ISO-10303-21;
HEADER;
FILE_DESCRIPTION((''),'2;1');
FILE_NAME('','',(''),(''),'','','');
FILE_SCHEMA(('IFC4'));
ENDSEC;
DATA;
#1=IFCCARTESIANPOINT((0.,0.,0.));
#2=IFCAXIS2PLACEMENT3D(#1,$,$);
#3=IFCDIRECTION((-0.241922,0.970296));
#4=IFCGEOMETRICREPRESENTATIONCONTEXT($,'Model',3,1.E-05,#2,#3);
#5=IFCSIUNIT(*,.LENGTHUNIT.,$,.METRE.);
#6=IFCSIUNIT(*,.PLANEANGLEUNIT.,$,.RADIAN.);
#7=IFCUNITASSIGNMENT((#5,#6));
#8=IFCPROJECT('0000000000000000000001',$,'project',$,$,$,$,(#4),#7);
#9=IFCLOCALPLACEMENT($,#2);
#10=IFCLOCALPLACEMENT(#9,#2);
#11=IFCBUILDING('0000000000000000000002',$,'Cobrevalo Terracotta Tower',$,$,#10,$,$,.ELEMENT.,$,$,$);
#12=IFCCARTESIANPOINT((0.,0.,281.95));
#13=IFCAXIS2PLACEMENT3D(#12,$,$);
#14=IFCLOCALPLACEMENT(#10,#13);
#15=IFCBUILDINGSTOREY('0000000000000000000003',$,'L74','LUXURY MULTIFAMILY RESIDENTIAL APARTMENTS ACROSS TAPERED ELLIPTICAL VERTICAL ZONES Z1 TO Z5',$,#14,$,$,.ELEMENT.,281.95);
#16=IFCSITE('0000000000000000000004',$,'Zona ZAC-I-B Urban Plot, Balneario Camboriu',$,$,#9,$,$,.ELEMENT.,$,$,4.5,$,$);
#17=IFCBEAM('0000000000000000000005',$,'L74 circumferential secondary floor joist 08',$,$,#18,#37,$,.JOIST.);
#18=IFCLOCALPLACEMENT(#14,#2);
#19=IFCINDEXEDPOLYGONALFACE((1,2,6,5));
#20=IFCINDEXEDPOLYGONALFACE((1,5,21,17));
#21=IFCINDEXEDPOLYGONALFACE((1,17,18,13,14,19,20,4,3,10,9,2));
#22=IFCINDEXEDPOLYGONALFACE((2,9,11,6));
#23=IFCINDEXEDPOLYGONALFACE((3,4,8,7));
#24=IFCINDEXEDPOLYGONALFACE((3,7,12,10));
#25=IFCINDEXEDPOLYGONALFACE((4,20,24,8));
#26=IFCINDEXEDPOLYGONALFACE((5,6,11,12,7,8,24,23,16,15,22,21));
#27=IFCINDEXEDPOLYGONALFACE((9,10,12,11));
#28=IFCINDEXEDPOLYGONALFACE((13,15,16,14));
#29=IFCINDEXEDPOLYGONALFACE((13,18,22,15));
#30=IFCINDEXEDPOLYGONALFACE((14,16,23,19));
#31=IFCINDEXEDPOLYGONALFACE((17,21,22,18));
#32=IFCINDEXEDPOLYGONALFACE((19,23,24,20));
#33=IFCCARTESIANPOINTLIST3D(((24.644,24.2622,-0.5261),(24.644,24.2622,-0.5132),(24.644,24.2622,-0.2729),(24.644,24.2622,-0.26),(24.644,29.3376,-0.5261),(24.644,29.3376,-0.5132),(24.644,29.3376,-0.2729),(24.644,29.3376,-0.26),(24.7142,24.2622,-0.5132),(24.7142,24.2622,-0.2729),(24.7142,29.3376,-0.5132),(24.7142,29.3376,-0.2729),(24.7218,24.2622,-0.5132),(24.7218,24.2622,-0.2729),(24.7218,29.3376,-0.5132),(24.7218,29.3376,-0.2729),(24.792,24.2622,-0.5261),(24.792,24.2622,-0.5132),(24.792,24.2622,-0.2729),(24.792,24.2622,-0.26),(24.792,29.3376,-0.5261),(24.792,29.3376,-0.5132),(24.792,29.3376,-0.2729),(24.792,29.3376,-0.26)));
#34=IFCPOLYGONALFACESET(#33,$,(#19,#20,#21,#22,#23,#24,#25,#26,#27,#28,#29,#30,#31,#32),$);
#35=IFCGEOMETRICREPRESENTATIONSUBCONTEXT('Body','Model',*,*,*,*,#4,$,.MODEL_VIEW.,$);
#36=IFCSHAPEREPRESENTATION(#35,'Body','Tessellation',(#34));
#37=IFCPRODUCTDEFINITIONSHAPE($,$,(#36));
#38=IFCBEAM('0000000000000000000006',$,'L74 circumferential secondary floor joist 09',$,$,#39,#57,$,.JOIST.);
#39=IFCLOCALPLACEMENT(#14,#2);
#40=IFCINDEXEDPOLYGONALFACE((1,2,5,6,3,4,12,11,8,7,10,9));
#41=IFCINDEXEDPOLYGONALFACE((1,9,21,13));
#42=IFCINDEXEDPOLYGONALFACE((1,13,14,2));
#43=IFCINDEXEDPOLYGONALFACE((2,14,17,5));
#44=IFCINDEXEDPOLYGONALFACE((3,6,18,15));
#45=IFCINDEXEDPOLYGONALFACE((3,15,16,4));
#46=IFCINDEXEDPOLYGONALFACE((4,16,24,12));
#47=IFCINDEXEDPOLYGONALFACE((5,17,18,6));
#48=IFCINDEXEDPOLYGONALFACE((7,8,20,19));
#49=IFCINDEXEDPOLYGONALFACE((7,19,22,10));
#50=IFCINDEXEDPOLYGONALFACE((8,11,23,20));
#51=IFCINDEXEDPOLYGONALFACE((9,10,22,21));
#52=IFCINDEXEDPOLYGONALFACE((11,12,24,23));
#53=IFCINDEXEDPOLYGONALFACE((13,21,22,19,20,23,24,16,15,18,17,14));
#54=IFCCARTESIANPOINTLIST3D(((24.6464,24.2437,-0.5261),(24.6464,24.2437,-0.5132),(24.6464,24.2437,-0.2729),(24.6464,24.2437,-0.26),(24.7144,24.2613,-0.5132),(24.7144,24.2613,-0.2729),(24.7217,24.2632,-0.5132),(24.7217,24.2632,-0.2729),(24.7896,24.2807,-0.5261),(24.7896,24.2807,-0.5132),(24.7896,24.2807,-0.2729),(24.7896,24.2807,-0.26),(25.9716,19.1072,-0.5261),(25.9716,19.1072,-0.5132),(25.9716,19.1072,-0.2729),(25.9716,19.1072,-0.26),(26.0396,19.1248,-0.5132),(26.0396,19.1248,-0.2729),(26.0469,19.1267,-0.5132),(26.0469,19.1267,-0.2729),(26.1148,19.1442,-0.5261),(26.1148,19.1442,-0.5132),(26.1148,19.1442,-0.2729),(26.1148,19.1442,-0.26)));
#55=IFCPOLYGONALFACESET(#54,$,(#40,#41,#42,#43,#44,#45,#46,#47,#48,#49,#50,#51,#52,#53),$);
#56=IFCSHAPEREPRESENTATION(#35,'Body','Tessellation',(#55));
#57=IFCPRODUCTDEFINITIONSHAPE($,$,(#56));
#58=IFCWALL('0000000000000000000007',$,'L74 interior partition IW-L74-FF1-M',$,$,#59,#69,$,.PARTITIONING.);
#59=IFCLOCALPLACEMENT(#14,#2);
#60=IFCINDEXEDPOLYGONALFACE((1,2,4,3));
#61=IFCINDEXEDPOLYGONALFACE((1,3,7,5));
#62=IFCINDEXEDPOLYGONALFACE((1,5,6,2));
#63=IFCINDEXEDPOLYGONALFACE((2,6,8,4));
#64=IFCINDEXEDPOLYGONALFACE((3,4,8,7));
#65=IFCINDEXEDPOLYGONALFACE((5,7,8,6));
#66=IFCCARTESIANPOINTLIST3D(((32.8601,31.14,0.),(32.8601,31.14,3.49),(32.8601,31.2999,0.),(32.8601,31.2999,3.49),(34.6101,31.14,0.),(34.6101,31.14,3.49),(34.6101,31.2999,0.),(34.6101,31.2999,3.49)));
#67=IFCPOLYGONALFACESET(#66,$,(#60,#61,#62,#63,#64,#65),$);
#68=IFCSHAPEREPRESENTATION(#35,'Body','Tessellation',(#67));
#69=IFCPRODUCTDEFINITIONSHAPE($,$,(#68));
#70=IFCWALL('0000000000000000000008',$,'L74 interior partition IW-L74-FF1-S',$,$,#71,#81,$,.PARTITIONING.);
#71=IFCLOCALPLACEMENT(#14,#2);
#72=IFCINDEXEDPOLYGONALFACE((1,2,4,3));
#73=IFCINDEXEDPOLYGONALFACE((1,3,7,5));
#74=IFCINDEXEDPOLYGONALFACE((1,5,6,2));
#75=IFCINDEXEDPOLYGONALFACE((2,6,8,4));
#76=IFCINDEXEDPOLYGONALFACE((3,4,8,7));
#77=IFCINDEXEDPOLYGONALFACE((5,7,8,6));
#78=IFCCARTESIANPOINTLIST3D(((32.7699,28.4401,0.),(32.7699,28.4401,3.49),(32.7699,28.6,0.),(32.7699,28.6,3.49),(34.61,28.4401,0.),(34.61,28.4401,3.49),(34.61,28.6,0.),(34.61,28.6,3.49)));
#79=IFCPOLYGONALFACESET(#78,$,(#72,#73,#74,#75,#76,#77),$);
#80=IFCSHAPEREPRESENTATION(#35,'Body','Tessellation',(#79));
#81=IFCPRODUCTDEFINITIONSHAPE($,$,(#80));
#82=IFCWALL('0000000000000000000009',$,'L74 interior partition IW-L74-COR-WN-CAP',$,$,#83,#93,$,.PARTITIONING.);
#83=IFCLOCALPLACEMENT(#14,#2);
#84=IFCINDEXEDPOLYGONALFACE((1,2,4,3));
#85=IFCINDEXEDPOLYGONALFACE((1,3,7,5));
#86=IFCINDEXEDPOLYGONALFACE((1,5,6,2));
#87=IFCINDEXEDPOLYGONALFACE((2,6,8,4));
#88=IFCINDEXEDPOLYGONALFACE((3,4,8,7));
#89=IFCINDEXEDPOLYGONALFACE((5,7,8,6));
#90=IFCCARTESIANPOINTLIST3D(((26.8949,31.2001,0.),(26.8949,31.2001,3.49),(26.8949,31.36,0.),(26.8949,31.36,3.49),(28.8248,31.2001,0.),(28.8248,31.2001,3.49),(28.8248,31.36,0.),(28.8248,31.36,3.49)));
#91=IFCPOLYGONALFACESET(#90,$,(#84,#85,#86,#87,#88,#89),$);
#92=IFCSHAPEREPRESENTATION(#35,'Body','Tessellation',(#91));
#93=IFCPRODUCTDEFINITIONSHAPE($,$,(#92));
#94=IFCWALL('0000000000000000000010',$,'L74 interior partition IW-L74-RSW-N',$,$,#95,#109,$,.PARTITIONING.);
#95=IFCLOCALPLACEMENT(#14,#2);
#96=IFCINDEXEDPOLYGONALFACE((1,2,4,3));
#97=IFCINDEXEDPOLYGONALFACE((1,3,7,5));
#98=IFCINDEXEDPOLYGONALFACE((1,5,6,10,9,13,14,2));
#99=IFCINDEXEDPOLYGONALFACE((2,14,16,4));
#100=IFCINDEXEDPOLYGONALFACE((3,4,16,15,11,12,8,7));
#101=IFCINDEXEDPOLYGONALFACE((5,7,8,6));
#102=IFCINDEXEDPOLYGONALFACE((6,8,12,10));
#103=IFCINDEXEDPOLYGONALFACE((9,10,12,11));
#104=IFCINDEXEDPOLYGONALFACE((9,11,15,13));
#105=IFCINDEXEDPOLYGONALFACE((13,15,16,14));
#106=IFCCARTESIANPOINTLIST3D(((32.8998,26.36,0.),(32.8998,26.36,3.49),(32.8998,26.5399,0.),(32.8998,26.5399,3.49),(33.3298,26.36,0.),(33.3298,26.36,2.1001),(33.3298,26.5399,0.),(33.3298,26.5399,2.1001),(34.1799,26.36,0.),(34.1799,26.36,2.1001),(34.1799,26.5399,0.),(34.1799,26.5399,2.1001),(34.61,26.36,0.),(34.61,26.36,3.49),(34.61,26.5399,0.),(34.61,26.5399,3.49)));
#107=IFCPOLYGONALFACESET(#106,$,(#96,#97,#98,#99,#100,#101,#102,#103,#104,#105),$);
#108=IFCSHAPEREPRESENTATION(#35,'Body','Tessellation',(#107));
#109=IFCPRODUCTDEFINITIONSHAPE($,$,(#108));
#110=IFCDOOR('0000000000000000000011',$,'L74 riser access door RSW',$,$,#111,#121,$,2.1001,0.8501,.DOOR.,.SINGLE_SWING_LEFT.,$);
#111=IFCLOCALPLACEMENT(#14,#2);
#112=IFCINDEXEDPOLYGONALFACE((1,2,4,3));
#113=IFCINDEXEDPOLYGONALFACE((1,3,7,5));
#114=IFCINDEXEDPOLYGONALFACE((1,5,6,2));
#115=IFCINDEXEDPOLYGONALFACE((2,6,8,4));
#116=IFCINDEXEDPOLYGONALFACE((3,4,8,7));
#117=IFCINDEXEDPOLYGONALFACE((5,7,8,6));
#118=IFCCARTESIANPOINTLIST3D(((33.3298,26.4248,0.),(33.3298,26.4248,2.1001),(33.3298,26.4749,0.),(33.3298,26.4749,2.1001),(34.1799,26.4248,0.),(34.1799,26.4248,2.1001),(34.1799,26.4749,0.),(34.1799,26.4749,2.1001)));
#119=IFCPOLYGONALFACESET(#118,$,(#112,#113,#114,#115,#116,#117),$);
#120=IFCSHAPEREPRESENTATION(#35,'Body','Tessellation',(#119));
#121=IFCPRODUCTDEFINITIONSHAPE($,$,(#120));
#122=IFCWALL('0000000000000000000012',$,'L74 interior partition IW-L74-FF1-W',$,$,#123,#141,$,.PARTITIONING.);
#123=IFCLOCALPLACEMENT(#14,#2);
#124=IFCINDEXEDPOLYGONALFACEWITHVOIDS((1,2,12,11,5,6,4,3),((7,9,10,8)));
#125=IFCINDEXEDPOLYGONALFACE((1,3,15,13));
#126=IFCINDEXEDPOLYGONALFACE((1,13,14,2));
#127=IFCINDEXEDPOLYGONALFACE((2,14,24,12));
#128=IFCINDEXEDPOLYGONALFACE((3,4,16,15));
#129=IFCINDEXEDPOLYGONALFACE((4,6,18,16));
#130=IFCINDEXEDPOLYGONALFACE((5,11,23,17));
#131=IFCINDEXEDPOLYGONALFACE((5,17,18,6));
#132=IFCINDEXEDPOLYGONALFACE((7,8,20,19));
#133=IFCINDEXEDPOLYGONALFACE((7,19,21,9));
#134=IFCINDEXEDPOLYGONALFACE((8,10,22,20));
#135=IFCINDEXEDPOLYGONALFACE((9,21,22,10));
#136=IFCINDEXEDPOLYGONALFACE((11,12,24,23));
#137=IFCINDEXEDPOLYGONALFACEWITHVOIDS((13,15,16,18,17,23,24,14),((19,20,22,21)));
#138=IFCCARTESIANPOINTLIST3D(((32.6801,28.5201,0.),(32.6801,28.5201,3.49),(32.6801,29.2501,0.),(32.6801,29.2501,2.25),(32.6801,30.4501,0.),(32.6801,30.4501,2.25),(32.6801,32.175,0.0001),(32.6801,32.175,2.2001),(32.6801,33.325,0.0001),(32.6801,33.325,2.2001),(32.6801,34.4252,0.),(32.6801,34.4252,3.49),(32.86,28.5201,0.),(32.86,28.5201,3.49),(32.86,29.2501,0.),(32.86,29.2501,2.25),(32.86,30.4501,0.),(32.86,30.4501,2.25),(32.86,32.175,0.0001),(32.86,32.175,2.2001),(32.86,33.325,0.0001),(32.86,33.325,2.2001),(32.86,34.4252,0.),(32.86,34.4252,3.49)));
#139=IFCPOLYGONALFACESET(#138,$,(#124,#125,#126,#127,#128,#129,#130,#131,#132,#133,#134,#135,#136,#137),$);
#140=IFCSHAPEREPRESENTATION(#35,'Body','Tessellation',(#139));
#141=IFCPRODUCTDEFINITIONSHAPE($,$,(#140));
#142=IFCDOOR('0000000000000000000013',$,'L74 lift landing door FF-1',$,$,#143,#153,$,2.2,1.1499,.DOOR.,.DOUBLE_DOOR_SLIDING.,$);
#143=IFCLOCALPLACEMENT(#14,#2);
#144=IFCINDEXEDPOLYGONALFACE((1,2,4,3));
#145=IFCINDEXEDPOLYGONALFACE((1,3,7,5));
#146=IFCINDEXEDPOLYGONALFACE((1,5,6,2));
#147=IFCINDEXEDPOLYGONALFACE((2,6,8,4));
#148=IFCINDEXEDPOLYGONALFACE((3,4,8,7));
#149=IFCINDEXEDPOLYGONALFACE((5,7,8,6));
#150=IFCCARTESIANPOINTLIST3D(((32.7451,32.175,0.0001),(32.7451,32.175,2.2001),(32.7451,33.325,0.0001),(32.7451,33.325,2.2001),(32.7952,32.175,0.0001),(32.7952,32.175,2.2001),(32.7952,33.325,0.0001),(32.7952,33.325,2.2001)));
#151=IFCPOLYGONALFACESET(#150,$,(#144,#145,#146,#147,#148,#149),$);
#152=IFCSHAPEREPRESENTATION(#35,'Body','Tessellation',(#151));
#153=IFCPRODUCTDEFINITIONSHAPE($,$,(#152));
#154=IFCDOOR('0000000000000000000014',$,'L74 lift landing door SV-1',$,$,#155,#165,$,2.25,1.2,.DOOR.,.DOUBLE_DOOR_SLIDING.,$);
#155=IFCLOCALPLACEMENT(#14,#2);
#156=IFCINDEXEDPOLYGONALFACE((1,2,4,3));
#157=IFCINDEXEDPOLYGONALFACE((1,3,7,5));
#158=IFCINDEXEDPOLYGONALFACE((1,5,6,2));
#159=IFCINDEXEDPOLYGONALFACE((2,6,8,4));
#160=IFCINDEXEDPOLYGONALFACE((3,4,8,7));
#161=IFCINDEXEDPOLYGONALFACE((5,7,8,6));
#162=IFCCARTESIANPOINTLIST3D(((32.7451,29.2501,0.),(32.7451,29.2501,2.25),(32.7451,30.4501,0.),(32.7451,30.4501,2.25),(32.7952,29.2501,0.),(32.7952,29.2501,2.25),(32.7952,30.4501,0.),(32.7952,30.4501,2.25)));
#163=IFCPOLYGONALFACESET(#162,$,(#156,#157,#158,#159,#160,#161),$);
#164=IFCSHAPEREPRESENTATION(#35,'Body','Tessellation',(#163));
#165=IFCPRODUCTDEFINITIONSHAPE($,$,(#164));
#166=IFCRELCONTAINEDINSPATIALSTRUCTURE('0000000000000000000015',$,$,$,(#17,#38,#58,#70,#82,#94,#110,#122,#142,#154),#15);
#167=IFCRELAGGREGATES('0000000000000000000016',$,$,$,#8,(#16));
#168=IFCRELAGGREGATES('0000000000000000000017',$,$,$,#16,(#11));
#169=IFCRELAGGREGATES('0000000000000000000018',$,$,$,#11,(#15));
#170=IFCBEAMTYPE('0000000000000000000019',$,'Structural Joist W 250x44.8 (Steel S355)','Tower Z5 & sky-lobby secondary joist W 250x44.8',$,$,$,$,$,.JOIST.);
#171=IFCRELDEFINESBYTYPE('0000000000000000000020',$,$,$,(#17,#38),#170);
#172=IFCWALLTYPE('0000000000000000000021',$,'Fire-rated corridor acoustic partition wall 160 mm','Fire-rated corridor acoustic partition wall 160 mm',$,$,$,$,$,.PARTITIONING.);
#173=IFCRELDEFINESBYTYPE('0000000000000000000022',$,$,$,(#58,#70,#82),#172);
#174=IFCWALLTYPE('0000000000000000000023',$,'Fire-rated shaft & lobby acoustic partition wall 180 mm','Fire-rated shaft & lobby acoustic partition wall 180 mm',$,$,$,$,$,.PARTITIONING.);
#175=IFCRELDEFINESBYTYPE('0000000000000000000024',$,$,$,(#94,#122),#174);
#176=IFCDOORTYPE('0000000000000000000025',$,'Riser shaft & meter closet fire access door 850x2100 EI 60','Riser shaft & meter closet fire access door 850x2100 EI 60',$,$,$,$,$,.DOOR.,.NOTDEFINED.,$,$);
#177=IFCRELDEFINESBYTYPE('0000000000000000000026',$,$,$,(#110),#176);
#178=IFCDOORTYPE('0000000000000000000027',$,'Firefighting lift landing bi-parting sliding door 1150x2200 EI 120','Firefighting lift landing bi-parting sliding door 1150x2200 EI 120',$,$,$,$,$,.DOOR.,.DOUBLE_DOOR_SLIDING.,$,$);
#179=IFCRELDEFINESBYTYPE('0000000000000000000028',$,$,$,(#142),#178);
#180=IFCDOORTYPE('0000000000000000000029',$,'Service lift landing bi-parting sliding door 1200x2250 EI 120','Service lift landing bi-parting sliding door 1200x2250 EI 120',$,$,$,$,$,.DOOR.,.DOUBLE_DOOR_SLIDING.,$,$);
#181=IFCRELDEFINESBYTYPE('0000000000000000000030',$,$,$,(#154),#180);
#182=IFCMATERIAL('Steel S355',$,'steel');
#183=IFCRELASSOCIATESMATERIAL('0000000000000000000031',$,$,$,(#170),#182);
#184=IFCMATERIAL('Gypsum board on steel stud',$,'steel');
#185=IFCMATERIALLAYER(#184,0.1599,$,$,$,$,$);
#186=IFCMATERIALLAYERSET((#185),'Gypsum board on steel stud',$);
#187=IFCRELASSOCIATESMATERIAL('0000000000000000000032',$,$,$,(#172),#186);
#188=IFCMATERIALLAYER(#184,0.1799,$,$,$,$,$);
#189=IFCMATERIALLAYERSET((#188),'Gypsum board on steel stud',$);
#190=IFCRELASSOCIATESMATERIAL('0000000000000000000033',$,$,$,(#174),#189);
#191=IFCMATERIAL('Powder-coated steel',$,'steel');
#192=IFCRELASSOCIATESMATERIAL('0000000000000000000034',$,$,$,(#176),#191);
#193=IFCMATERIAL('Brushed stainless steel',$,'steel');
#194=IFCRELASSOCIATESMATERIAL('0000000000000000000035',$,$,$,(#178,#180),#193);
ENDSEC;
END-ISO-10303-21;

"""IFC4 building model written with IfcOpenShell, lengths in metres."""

from ifc_helpers import new_model, si_unit, direction, frame, frame_2d, origin, origin_2d, place, context, subcontext, project, spatial, rectangle, i_section, extrude, source, transform, mapped, material, layer, layer_set, material_profile, profile_set, type_object, element, fill, save


model = new_model("IFC4")

# Units and contexts
model_context = context("Model", 3, precision=1e-05, world=origin(), true_north=direction((-0.241922, 0.970296)))
body_context = subcontext(model_context, "Body", "Model", "MODEL_VIEW")
ifc_project = project(units=[si_unit("LENGTHUNIT", "METRE"), si_unit("PLANEANGLEUNIT", "RADIAN")], contexts=[model_context])

# Site, building, storey
site_placement = place(None, origin())
site = spatial("IfcSite", under=ifc_project, at=site_placement, Name="Zona ZAC-I-B Urban Plot, Balneario Camboriu", CompositionType="ELEMENT", RefElevation=4.5)
building_placement = place(site_placement, origin())
building = spatial("IfcBuilding", under=site, at=building_placement, Name="Cobrevalo Terracotta Tower", CompositionType="ELEMENT")
storey_placement = place(building_placement, frame((0.0, 0.0, 281.95)))
storey = spatial("IfcBuildingStorey", under=building, at=storey_placement, Name="L74", Description="LUXURY MULTIFAMILY RESIDENTIAL APARTMENTS ACROSS TAPERED ELLIPTICAL VERTICAL ZONES Z1 TO Z5", CompositionType="ELEMENT", Elevation=281.95)

# Beams
ifc_material_1 = material(Name="Steel S355", Category="steel")
ifc_material_profile = material_profile(ifc_material_1, i_section(OverallWidth=0.1479, OverallDepth=0.2661, WebThickness=0.0076, FlangeThickness=0.0129, at=origin_2d()), Name="W 250x44.8")
ifc_profile_set = profile_set([ifc_material_profile], Name="Steel S355")
beam_type = type_object("IfcBeamType", Name="Structural Joist W 250x44.8 (Steel S355)", Description="Tower Z5 & sky-lobby secondary joist W 250x44.8", PredefinedType="JOIST", material=ifc_profile_set)
beam_1_placement = place(storey_placement, frame((24.718, 29.3376, -0.3931), z_axis=(0.0, -1.0, 0.0), x_axis=(1.0, 0.0, 0.0)))
element("IfcBeam", 1, at=beam_1_placement, inside=storey, type_object=beam_type, Name="L74 circumferential secondary floor joist 08", PredefinedType="JOIST", context=body_context, shape_type="SweptSolid", body=[
    extrude(i_section(OverallWidth=0.1479, OverallDepth=0.2661, WebThickness=0.0076, FlangeThickness=0.0129, at=origin_2d()), origin(), (0.0, 0.0, 1.0), 5.0754),
])
beam_2_placement = place(storey_placement, frame((24.718, 24.2622, -0.3931), z_axis=(0.249817, -0.968293, 0.0), x_axis=(0.968293, 0.249817, 0.0)))
element("IfcBeam", 2, at=beam_2_placement, inside=storey, type_object=beam_type, Name="L74 circumferential secondary floor joist 09", PredefinedType="JOIST", context=body_context, shape_type="SweptSolid", body=[
    extrude(i_section(OverallWidth=0.1479, OverallDepth=0.2661, WebThickness=0.0076, FlangeThickness=0.0129, at=origin_2d()), origin(), (0.0, 0.0, 1.0), 5.3047),
])

# Walls
ifc_material_2 = material(Name="Gypsum board on steel stud", Category="steel")
ifc_layer_1 = layer(ifc_material_2, 0.1599)
ifc_layer_set_1 = layer_set([ifc_layer_1], Name="Gypsum board on steel stud")
wall_type_1 = type_object("IfcWallType", Name="Fire-rated corridor acoustic partition wall 160 mm", Description="Fire-rated corridor acoustic partition wall 160 mm", PredefinedType="PARTITIONING", material=ifc_layer_set_1)
wall_1_placement = place(storey_placement, frame((32.8601, 31.22, 0.0), z_axis=(0.0, 0.0, 1.0), x_axis=(1.0, 0.0, 0.0)))
element("IfcWall", 3, at=wall_1_placement, inside=storey, type_object=wall_type_1, Name="L74 interior partition IW-L74-FF1-M", PredefinedType="PARTITIONING", context=body_context, shape_type="SweptSolid", body=[
    extrude(rectangle(XDim=1.75, YDim=0.1599, at=frame_2d((0.875, 0.0))), origin(), (0.0, 0.0, 1.0), 3.49),
])
wall_2_placement = place(storey_placement, frame((32.77, 28.52, 0.0), z_axis=(0.0, 0.0, 1.0), x_axis=(1.0, 0.0, 0.0)))
element("IfcWall", 4, at=wall_2_placement, inside=storey, type_object=wall_type_1, Name="L74 interior partition IW-L74-FF1-S", PredefinedType="PARTITIONING", context=body_context, shape_type="SweptSolid", body=[
    extrude(rectangle(XDim=1.8401, YDim=0.1599, at=frame_2d((0.9199, 0.0))), origin(), (0.0, 0.0, 1.0), 3.49),
])
wall_3_placement = place(storey_placement, frame((26.895, 31.28, 0.0), z_axis=(0.0, 0.0, 1.0), x_axis=(1.0, 0.0, 0.0)))
element("IfcWall", 5, at=wall_3_placement, inside=storey, type_object=wall_type_1, Name="L74 interior partition IW-L74-COR-WN-CAP", PredefinedType="PARTITIONING", context=body_context, shape_type="SweptSolid", body=[
    extrude(rectangle(XDim=1.9299, YDim=0.1599, at=frame_2d((0.9648, 0.0))), origin(), (0.0, 0.0, 1.0), 3.49),
])

# Wall, opening, door
ifc_layer_2 = layer(ifc_material_2, 0.1799)
ifc_layer_set_2 = layer_set([ifc_layer_2], Name="Gypsum board on steel stud")
wall_type_2 = type_object("IfcWallType", Name="Fire-rated shaft & lobby acoustic partition wall 180 mm", Description="Fire-rated shaft & lobby acoustic partition wall 180 mm", PredefinedType="PARTITIONING", material=ifc_layer_set_2)
wall_4_placement = place(storey_placement, frame((32.8999, 26.45, 0.0), z_axis=(0.0, 0.0, 1.0), x_axis=(1.0, 0.0, 0.0)))
wall_4 = element("IfcWall", 6, at=wall_4_placement, inside=storey, type_object=wall_type_2, Name="L74 interior partition IW-L74-RSW-N", PredefinedType="PARTITIONING", context=body_context, shape_type="SweptSolid", body=[
    extrude(rectangle(XDim=1.7102, YDim=0.1799, at=frame_2d((0.855, 0.0))), origin(), (0.0, 0.0, 1.0), 3.49),
])
opening_1_placement = place(wall_4_placement, frame((0.4299, 0.0, 0.0)))
opening_1 = element("IfcOpeningElement", 7, at=opening_1_placement, cuts=wall_4, PredefinedType="OPENING", context=body_context, shape_type="SweptSolid", body=[
    extrude(rectangle(XDim=0.8501, YDim=2.1001, at=frame_2d((0.425, 1.05))), frame((0.0, 0.1001, 0.0), z_axis=(0.0, -1.0, 0.0), x_axis=(1.0, 0.0, 0.0)), (0.0, 0.0, 1.0), 0.2),
])
ifc_material_3 = material(Name="Powder-coated steel", Category="steel")
door_type_1 = type_object("IfcDoorType", Name="Riser shaft & meter closet fire access door 850x2100 EI 60", Description="Riser shaft & meter closet fire access door 850x2100 EI 60", OperationType="NOTDEFINED", PredefinedType="DOOR", material=ifc_material_3)
shared_shape_1 = source(origin(), body_context, "Body", "SweptSolid", [
    extrude(rectangle(XDim=0.8501, YDim=2.1001, at=frame_2d((0.425, 1.05))), frame((0.0, 0.0249, 0.0), z_axis=(0.0, -1.0, 0.0), x_axis=(1.0, 0.0, 0.0)), (0.0, 0.0, 1.0), 0.05),
])
door_1_placement = place(opening_1_placement, origin())
door_1 = element("IfcDoor", 8, at=door_1_placement, inside=storey, type_object=door_type_1, Name="L74 riser access door RSW", OperationType="SINGLE_SWING_LEFT", OverallHeight=2.1001, OverallWidth=0.8501, PredefinedType="DOOR", context=body_context, shape_type="MappedRepresentation", body=[
    mapped(shared_shape_1, transform((0.0, 0.0, 0.0), scale=1.0)),
])
fill(opening_1, door_1)

# Wall, openings, doors
wall_5_placement = place(storey_placement, frame((32.77, 28.52, 0.0), z_axis=(0.0, 0.0, 1.0), x_axis=(0.0, 1.0, 0.0)))
wall_5 = element("IfcWall", 9, at=wall_5_placement, inside=storey, type_object=wall_type_2, Name="L74 interior partition IW-L74-FF1-W", PredefinedType="PARTITIONING", context=body_context, shape_type="SweptSolid", body=[
    extrude(rectangle(XDim=5.905, YDim=0.1799, at=frame_2d((2.9526, 0.0))), origin(), (0.0, 0.0, 1.0), 3.49),
])
opening_2_placement = place(wall_5_placement, frame((3.655, 0.0, 0.0)))
opening_2 = element("IfcOpeningElement", 10, at=opening_2_placement, cuts=wall_5, PredefinedType="OPENING", context=body_context, shape_type="SweptSolid", body=[
    extrude(rectangle(XDim=1.1499, YDim=2.2, at=frame_2d((0.575, 1.1001))), frame((0.0, 0.1001, 0.0), z_axis=(0.0, -1.0, 0.0), x_axis=(1.0, 0.0, 0.0)), (0.0, 0.0, 1.0), 0.2),
])
opening_3_placement = place(wall_5_placement, frame((0.73, 0.0, 0.0)))
opening_3 = element("IfcOpeningElement", 11, at=opening_3_placement, cuts=wall_5, PredefinedType="OPENING", context=body_context, shape_type="SweptSolid", body=[
    extrude(rectangle(XDim=1.2, YDim=2.25, at=frame_2d((0.6001, 1.125))), frame((0.0, 0.1001, 0.0), z_axis=(0.0, -1.0, 0.0), x_axis=(1.0, 0.0, 0.0)), (0.0, 0.0, 1.0), 0.2),
])
ifc_material_4 = material(Name="Brushed stainless steel", Category="steel")
door_type_2 = type_object("IfcDoorType", Name="Firefighting lift landing bi-parting sliding door 1150x2200 EI 120", Description="Firefighting lift landing bi-parting sliding door 1150x2200 EI 120", OperationType="DOUBLE_DOOR_SLIDING", PredefinedType="DOOR", material=ifc_material_4)
shared_shape_2 = source(origin(), body_context, "Body", "SweptSolid", [
    extrude(rectangle(XDim=1.1499, YDim=2.2, at=frame_2d((0.575, 1.1001))), frame((0.0, 0.0249, 0.0), z_axis=(0.0, -1.0, 0.0), x_axis=(1.0, 0.0, 0.0)), (0.0, 0.0, 1.0), 0.05),
])
door_2_placement = place(opening_2_placement, origin())
door_2 = element("IfcDoor", 12, at=door_2_placement, inside=storey, type_object=door_type_2, Name="L74 lift landing door FF-1", OperationType="DOUBLE_DOOR_SLIDING", OverallHeight=2.2, OverallWidth=1.1499, PredefinedType="DOOR", context=body_context, shape_type="MappedRepresentation", body=[
    mapped(shared_shape_2, transform((0.0, 0.0, 0.0), scale=1.0)),
])
fill(opening_2, door_2)
door_type_3 = type_object("IfcDoorType", Name="Service lift landing bi-parting sliding door 1200x2250 EI 120", Description="Service lift landing bi-parting sliding door 1200x2250 EI 120", OperationType="DOUBLE_DOOR_SLIDING", PredefinedType="DOOR", material=ifc_material_4)
shared_shape_3 = source(origin(), body_context, "Body", "SweptSolid", [
    extrude(rectangle(XDim=1.2, YDim=2.25, at=frame_2d((0.6001, 1.125))), frame((0.0, 0.0249, 0.0), z_axis=(0.0, -1.0, 0.0), x_axis=(1.0, 0.0, 0.0)), (0.0, 0.0, 1.0), 0.05),
])
door_3_placement = place(opening_3_placement, origin())
door_3 = element("IfcDoor", 13, at=door_3_placement, inside=storey, type_object=door_type_3, Name="L74 lift landing door SV-1", OperationType="DOUBLE_DOOR_SLIDING", OverallHeight=2.25, OverallWidth=1.2, PredefinedType="DOOR", context=body_context, shape_type="MappedRepresentation", body=[
    mapped(shared_shape_3, transform((0.0, 0.0, 0.0), scale=1.0)),
])
fill(opening_3, door_3)

save(model, "model.ifc")
